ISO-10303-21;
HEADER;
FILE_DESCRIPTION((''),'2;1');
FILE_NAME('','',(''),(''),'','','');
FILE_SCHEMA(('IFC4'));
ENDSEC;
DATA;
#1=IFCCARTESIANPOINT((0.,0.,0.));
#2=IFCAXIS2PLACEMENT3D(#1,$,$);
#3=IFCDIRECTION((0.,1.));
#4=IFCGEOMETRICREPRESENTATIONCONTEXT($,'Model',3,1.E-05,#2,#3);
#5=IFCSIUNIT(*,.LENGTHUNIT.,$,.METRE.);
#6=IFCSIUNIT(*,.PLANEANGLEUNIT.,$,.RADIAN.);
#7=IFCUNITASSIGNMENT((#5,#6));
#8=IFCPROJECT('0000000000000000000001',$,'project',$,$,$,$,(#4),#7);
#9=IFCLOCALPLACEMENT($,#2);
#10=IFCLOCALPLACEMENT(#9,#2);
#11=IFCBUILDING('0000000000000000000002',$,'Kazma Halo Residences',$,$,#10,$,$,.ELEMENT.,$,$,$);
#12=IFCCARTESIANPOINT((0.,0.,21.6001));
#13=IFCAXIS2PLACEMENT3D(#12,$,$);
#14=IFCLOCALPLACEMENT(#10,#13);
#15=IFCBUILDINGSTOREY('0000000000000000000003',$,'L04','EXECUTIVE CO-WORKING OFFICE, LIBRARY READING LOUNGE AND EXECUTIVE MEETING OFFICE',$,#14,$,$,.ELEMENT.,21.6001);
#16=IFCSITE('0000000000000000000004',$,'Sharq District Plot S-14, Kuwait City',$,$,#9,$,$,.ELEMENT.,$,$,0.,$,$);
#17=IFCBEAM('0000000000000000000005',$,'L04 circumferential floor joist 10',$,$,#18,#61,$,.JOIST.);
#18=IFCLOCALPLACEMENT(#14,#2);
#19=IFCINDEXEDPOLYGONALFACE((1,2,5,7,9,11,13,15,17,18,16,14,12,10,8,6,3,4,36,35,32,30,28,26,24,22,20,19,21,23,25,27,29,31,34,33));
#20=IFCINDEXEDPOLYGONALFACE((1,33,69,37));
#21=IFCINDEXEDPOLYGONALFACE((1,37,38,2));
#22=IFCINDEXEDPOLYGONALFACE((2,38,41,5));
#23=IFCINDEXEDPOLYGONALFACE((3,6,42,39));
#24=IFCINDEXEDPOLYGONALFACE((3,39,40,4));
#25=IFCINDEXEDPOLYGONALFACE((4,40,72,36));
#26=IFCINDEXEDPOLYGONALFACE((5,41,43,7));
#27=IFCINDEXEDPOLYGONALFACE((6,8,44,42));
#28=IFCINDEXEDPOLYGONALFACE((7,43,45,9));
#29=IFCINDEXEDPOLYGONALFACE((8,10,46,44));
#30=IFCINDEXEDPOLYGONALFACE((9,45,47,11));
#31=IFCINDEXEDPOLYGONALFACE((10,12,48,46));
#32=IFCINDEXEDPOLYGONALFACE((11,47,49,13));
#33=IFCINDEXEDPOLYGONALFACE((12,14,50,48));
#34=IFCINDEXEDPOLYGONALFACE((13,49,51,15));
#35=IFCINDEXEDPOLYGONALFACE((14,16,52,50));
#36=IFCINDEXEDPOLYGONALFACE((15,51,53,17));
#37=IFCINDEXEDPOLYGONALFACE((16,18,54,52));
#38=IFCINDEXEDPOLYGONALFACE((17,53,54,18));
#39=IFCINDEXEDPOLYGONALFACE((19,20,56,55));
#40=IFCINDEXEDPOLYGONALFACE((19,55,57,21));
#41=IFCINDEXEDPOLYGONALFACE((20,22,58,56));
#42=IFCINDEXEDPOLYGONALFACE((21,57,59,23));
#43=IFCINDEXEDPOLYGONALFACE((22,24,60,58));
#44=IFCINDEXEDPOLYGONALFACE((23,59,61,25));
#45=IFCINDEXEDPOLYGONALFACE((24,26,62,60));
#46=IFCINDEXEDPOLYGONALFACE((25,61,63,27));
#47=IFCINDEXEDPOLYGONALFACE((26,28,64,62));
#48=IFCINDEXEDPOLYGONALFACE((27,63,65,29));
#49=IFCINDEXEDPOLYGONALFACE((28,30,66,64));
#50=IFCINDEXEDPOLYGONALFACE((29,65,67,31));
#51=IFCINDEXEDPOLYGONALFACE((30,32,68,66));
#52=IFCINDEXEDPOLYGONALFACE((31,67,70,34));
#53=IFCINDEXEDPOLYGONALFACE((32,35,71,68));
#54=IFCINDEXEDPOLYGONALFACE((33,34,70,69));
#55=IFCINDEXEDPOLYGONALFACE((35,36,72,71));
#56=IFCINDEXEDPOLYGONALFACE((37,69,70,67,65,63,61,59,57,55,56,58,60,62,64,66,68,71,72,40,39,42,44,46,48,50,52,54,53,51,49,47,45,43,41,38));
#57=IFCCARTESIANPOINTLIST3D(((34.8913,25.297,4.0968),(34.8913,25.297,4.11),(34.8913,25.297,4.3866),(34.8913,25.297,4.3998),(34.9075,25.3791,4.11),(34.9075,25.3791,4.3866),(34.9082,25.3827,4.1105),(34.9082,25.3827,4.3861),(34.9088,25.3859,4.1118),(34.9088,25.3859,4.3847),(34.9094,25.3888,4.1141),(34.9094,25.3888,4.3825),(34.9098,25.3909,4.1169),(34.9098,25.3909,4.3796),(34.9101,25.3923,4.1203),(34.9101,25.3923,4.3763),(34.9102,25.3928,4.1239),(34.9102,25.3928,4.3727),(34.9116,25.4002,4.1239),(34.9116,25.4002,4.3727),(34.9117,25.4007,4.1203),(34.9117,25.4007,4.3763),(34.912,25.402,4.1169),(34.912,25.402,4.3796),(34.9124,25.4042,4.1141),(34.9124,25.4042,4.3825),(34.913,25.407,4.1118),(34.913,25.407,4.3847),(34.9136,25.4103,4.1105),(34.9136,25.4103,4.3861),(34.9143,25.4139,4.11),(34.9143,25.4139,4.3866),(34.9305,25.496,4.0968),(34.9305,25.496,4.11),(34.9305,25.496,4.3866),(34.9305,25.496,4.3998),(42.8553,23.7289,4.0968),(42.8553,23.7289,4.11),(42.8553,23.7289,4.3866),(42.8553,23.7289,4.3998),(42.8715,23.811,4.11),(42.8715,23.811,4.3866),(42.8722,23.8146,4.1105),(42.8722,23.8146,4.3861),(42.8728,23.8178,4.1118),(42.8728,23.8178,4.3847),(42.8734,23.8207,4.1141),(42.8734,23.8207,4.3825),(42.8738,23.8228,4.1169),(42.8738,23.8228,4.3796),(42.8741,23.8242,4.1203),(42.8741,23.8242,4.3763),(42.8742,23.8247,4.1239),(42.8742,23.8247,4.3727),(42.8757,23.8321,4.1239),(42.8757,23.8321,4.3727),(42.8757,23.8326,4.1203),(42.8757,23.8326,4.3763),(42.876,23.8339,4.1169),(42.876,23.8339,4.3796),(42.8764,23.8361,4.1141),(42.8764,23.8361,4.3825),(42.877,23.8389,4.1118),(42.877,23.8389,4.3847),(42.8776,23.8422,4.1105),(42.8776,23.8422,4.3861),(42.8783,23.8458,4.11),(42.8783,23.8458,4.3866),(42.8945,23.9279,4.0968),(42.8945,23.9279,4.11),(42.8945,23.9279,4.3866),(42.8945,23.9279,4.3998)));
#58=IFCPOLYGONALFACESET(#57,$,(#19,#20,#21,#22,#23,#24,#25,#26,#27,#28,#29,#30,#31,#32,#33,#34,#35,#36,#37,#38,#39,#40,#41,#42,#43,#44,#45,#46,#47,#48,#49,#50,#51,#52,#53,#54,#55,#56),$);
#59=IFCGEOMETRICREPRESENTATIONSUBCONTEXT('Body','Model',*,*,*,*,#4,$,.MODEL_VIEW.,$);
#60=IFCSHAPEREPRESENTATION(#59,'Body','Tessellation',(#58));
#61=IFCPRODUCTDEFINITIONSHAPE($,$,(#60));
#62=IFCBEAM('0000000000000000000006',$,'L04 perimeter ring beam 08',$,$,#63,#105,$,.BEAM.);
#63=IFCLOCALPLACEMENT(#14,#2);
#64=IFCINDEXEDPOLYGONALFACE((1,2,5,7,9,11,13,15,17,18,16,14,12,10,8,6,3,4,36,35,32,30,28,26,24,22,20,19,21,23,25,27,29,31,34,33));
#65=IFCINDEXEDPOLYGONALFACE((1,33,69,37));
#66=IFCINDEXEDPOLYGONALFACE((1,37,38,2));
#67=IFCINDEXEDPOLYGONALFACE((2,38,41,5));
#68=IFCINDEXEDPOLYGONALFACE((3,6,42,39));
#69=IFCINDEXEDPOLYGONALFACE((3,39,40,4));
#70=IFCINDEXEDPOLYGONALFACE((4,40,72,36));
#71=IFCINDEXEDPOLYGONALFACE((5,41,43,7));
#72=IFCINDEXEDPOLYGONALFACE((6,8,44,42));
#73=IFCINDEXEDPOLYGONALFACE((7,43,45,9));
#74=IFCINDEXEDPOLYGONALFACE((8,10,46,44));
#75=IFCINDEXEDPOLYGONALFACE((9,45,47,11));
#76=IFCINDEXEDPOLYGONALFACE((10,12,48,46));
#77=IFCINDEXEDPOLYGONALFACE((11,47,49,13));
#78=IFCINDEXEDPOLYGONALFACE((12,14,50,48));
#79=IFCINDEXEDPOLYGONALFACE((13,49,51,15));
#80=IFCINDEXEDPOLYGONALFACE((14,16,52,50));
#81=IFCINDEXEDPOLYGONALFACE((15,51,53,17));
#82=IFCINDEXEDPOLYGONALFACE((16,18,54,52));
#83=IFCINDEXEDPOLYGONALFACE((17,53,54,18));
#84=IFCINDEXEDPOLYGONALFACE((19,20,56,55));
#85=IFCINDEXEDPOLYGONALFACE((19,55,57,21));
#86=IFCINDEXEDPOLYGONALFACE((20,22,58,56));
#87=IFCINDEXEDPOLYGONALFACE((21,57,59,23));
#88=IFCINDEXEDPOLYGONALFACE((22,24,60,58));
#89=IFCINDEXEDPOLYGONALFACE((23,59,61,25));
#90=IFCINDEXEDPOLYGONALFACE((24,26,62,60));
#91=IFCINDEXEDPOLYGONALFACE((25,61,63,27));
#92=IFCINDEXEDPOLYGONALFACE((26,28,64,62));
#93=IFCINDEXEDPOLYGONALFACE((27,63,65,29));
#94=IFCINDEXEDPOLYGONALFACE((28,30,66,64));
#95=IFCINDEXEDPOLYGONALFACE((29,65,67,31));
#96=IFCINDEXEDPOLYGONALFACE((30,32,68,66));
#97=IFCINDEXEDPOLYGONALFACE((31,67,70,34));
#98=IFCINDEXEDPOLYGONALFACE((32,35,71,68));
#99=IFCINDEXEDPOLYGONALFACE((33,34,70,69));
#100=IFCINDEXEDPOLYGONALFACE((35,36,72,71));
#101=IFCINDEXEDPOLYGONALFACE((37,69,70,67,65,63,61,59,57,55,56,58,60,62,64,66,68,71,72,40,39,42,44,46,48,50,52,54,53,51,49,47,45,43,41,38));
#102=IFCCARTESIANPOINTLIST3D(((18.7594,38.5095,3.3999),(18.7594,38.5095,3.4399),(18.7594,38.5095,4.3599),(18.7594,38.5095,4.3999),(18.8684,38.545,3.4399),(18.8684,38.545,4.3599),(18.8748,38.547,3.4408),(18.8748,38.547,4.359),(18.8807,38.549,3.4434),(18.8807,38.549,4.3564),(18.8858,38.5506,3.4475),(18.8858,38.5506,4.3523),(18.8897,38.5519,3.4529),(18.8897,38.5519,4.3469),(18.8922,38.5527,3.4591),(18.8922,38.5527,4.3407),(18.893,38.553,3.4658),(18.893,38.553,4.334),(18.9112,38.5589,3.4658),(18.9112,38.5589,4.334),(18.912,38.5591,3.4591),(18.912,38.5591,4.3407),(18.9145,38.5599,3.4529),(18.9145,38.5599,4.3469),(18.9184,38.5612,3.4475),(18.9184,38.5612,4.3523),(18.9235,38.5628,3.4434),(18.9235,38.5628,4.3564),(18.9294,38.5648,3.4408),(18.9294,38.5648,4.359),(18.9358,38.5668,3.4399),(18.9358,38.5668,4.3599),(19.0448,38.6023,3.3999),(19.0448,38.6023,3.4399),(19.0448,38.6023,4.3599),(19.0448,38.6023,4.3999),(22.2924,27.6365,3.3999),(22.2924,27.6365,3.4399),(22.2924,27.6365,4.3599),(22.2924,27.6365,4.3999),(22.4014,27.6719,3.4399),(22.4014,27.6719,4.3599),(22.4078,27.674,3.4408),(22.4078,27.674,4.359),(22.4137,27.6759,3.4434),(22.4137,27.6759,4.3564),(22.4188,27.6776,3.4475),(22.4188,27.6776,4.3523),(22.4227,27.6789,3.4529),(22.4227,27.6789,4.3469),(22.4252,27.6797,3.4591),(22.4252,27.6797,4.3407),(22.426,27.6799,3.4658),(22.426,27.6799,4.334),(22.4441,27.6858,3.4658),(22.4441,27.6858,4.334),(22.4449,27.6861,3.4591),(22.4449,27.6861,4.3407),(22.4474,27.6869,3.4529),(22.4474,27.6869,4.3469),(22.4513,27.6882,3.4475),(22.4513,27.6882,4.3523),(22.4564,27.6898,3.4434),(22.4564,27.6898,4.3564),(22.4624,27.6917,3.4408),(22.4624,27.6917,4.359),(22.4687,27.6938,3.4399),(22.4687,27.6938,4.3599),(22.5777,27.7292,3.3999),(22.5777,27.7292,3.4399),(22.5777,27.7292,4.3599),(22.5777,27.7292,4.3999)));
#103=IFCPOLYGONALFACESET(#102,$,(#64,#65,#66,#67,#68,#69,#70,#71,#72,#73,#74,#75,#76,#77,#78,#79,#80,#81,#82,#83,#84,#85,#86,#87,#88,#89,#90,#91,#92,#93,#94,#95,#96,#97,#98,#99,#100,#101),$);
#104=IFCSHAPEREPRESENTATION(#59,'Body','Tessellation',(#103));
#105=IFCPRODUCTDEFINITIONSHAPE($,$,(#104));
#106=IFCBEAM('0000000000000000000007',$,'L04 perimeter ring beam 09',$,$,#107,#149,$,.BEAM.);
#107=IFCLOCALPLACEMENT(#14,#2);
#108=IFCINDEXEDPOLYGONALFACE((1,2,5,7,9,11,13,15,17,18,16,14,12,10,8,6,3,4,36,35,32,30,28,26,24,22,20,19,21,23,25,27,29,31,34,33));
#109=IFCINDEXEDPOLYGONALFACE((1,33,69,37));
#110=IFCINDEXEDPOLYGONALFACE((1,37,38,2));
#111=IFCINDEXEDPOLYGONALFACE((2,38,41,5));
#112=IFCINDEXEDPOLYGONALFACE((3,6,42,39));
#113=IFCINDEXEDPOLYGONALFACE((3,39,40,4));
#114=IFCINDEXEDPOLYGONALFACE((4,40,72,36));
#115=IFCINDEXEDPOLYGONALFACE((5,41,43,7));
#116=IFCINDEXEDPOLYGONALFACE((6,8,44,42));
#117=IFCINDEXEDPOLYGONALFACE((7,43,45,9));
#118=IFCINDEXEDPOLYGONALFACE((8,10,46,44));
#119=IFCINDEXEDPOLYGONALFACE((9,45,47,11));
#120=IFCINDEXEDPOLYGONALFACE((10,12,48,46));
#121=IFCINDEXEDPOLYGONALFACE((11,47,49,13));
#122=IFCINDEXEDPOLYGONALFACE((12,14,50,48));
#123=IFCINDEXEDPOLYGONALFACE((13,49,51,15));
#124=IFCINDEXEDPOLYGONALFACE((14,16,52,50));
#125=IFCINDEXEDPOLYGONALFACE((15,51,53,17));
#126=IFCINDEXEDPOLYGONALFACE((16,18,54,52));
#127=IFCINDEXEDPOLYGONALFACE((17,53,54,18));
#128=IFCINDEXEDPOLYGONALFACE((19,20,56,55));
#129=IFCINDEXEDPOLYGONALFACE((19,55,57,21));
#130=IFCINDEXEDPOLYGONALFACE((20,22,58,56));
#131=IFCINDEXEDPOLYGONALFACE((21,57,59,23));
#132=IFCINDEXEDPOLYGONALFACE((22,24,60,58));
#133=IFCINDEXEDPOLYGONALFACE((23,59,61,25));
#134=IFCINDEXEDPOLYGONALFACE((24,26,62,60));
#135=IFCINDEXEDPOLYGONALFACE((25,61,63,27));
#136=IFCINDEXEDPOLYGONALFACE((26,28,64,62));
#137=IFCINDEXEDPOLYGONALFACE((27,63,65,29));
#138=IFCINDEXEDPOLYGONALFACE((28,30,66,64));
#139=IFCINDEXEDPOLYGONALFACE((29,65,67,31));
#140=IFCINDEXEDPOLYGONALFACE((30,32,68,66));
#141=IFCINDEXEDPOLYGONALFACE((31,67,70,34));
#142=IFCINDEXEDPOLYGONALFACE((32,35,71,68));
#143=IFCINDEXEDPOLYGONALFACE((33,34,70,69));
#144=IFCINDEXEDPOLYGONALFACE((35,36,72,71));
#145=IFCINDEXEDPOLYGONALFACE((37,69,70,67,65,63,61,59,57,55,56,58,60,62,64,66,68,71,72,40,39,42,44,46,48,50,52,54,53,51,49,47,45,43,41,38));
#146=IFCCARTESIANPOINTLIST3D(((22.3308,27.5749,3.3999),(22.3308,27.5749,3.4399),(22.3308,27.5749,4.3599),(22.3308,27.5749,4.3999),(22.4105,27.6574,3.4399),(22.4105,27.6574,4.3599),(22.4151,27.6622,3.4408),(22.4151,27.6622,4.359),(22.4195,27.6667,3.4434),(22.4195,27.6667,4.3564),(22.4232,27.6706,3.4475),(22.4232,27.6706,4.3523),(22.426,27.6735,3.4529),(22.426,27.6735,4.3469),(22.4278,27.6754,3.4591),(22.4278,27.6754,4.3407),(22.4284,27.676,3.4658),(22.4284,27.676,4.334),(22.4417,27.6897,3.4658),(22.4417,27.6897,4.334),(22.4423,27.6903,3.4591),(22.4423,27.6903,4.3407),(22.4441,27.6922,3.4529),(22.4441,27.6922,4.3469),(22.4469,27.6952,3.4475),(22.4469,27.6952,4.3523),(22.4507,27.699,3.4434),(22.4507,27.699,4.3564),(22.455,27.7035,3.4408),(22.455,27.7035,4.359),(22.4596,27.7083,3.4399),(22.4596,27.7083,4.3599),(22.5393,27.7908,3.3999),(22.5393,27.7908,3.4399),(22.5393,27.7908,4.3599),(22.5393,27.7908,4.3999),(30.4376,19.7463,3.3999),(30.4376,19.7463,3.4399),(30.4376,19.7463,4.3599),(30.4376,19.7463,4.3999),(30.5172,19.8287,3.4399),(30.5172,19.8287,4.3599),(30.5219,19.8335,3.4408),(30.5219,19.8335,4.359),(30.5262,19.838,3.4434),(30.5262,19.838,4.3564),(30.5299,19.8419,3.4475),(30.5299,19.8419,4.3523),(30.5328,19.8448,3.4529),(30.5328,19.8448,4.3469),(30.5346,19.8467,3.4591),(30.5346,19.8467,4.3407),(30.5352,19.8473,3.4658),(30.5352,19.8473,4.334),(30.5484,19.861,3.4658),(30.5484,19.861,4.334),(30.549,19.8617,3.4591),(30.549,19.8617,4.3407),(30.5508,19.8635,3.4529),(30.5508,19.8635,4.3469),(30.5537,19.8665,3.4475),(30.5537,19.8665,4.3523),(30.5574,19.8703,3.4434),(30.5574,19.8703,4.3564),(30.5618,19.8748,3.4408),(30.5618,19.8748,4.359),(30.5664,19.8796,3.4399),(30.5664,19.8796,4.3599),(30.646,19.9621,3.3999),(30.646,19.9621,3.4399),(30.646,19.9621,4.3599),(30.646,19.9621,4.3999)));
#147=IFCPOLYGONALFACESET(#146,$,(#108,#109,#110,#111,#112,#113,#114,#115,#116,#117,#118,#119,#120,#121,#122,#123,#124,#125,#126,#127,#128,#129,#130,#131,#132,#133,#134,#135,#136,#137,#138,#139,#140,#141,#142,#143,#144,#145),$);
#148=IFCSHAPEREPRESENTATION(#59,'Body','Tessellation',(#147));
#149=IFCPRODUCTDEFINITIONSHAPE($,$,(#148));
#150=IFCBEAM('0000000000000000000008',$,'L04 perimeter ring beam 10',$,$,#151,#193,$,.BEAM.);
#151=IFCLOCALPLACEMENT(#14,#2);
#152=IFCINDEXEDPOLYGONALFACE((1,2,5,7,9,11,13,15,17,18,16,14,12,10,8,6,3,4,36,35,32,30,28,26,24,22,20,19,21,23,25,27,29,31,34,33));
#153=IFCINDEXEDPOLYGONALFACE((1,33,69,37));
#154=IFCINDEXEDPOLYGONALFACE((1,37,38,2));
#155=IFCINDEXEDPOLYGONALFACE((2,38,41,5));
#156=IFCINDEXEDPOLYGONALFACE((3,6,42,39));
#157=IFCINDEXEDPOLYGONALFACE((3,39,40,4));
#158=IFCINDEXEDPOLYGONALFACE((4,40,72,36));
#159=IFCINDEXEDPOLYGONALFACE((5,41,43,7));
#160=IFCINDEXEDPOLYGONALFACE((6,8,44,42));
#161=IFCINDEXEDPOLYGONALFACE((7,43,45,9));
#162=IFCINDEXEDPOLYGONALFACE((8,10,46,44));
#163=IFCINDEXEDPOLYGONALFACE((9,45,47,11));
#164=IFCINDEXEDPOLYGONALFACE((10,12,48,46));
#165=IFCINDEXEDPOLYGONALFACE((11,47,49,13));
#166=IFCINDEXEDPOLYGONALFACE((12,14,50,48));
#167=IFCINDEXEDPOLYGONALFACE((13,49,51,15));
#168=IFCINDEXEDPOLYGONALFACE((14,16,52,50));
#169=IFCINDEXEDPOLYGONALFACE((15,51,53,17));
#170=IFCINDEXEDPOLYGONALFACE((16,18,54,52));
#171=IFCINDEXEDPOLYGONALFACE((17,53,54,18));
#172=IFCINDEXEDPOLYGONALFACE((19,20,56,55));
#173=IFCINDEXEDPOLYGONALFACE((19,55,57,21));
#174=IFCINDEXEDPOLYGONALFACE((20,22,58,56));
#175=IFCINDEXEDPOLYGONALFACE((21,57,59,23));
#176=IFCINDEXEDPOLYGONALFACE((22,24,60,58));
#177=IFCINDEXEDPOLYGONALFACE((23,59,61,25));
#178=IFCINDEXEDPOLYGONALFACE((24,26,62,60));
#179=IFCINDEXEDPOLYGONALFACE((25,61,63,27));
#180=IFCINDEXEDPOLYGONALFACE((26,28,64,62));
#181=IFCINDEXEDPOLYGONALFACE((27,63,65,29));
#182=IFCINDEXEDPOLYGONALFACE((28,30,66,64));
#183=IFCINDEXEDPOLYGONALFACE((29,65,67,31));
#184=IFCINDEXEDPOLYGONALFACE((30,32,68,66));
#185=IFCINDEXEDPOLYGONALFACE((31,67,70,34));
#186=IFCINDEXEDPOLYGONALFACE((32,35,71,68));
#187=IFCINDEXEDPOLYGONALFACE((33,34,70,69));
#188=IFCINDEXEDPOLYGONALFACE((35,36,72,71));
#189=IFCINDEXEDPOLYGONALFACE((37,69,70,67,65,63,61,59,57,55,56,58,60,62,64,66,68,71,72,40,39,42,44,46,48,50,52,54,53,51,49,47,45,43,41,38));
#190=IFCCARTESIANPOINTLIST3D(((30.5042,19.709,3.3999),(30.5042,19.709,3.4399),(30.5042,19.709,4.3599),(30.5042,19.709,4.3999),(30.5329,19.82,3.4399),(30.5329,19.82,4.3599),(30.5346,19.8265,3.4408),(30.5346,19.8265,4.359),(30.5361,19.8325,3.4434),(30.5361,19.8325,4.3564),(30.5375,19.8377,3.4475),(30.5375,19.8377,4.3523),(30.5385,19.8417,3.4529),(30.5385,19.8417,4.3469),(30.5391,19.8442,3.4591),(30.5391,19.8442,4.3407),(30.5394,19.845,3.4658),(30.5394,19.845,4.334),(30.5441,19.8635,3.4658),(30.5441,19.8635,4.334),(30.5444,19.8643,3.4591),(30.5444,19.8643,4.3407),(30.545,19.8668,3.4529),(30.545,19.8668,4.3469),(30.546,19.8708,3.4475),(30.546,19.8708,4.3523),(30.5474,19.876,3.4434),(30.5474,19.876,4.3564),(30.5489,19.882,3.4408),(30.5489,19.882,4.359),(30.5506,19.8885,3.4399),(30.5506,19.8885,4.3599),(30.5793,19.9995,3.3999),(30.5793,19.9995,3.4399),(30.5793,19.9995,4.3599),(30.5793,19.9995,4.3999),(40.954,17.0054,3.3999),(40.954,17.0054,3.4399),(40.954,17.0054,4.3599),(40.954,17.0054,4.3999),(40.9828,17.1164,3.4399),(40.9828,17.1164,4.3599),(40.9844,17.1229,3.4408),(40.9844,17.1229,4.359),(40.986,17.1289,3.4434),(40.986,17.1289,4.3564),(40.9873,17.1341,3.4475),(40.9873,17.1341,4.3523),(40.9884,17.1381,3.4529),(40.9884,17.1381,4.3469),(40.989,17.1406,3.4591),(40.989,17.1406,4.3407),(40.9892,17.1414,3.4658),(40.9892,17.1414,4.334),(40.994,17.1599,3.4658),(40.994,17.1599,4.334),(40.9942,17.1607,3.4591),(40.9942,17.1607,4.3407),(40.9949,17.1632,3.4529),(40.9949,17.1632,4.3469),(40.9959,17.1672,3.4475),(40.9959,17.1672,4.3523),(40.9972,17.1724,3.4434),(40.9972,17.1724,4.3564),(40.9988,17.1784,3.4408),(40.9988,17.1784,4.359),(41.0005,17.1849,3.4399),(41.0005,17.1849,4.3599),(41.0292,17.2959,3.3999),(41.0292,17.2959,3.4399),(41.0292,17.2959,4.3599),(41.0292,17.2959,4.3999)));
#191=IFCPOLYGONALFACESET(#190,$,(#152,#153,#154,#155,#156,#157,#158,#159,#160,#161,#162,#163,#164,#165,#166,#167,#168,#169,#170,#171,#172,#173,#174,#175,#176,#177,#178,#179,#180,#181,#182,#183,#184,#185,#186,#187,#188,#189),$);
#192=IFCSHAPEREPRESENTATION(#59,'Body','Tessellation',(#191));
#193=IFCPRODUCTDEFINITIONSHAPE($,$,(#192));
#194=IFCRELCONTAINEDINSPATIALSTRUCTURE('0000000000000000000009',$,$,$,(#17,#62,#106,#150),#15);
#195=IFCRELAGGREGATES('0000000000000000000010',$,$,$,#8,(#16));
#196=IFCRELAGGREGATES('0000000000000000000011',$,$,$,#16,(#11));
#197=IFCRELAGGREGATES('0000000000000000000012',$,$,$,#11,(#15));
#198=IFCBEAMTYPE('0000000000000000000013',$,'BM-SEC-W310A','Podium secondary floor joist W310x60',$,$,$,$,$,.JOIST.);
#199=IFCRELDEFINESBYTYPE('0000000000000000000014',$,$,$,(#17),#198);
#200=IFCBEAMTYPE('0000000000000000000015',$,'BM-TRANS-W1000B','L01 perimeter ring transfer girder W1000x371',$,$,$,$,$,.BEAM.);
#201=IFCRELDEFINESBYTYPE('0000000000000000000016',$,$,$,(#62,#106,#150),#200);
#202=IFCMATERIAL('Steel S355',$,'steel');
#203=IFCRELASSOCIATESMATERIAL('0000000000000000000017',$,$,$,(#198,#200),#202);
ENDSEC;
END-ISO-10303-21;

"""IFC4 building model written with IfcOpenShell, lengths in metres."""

from ifc_helpers import new_model, si_unit, direction, frame, origin, origin_2d, place, context, subcontext, project, spatial, i_section, extrude, material, material_profile, profile_set, type_object, element, save


model = new_model("IFC4")

# Units and contexts
model_context = context("Model", 3, precision=1e-05, world=origin(), true_north=direction((0.0, 1.0)))
body_context = subcontext(model_context, "Body", "Model", "MODEL_VIEW")
ifc_project = project(units=[si_unit("LENGTHUNIT", "METRE"), si_unit("PLANEANGLEUNIT", "RADIAN")], contexts=[model_context])

# Site, building, storey
site_placement = place(None, origin())
site = spatial("IfcSite", under=ifc_project, at=site_placement, Name="Sharq District Plot S-14, Kuwait City", CompositionType="ELEMENT", RefElevation=0.0)
building_placement = place(site_placement, origin())
building = spatial("IfcBuilding", under=site, at=building_placement, Name="Kazma Halo Residences", CompositionType="ELEMENT")
storey_placement = place(building_placement, frame((0.0, 0.0, 21.6001)))
storey = spatial("IfcBuildingStorey", under=building, at=storey_placement, Name="L04", Description="EXECUTIVE CO-WORKING OFFICE, LIBRARY READING LOUNGE AND EXECUTIVE MEETING OFFICE", CompositionType="ELEMENT", Elevation=21.6001)

# Beams
ifc_material_1 = material(Name="Steel S355", Category="steel")
ifc_material_profile_1 = material_profile(ifc_material_1, i_section(OverallWidth=0.2029, OverallDepth=0.303, WebThickness=0.0076, FlangeThickness=0.0132, FilletRadius=0.0139, at=origin_2d()), Name="W310x60")
ifc_profile_set_1 = profile_set([ifc_material_profile_1], Name="Steel S355")
beam_type_1 = type_object("IfcBeamType", Name="BM-SEC-W310A", Description="Podium secondary floor joist W310x60", PredefinedType="JOIST", material=ifc_profile_set_1)
beam_1_placement = place(storey_placement, frame((34.9109, 25.3965, 4.2483), z_axis=(0.981162, -0.193188, 0.0), x_axis=(0.193188, 0.981162, 0.0)))
element("IfcBeam", 1, at=beam_1_placement, inside=storey, type_object=beam_type_1, Name="L04 circumferential floor joist 10", PredefinedType="JOIST", context=body_context, shape_type="SweptSolid", body=[
    extrude(i_section(OverallWidth=0.2029, OverallDepth=0.303, WebThickness=0.0076, FlangeThickness=0.0132, FilletRadius=0.0139, at=origin_2d()), origin(), (0.0, 0.0, 1.0), 8.1169),
])
ifc_material_profile_2 = material_profile(ifc_material_1, i_section(OverallWidth=0.3, OverallDepth=1.0, WebThickness=0.019, FlangeThickness=0.04, FilletRadius=0.0259, at=origin_2d()), Name="W1000x371")
ifc_profile_set_2 = profile_set([ifc_material_profile_2], Name="Steel S355")
beam_type_2 = type_object("IfcBeamType", Name="BM-TRANS-W1000B", Description="L01 perimeter ring transfer girder W1000x371", PredefinedType="BEAM", material=ifc_profile_set_2)
beam_2_placement = place(storey_placement, frame((18.9021, 38.5559, 3.8999), z_axis=(0.309024, -0.951054, 0.0), x_axis=(0.951054, 0.309024, 0.0)))
element("IfcBeam", 2, at=beam_2_placement, inside=storey, type_object=beam_type_2, Name="L04 perimeter ring beam 08", PredefinedType="BEAM", context=body_context, shape_type="SweptSolid", body=[
    extrude(i_section(OverallWidth=0.3, OverallDepth=1.0, WebThickness=0.019, FlangeThickness=0.04, FilletRadius=0.0259, at=origin_2d()), origin(), (0.0, 0.0, 1.0), 11.4326),
])
beam_3_placement = place(storey_placement, frame((22.4351, 27.6829, 3.8999), z_axis=(0.719337, -0.694662, 0.0), x_axis=(0.694662, 0.719337, 0.0)))
element("IfcBeam", 3, at=beam_3_placement, inside=storey, type_object=beam_type_2, Name="L04 perimeter ring beam 09", PredefinedType="BEAM", context=body_context, shape_type="SweptSolid", body=[
    extrude(i_section(OverallWidth=0.3, OverallDepth=1.0, WebThickness=0.019, FlangeThickness=0.04, FilletRadius=0.0259, at=origin_2d()), origin(), (0.0, 0.0, 1.0), 11.2698),
])
beam_4_placement = place(storey_placement, frame((30.5417, 19.8542, 3.8999), z_axis=(0.968124, -0.250473, 0.0), x_axis=(0.250473, 0.968124, 0.0)))
element("IfcBeam", 4, at=beam_4_placement, inside=storey, type_object=beam_type_2, Name="L04 perimeter ring beam 10", PredefinedType="BEAM", context=body_context, shape_type="SweptSolid", body=[
    extrude(i_section(OverallWidth=0.3, OverallDepth=1.0, WebThickness=0.019, FlangeThickness=0.04, FilletRadius=0.0259, at=origin_2d()), origin(), (0.0, 0.0, 1.0), 10.7939),
])

save(model, "model.ifc")
